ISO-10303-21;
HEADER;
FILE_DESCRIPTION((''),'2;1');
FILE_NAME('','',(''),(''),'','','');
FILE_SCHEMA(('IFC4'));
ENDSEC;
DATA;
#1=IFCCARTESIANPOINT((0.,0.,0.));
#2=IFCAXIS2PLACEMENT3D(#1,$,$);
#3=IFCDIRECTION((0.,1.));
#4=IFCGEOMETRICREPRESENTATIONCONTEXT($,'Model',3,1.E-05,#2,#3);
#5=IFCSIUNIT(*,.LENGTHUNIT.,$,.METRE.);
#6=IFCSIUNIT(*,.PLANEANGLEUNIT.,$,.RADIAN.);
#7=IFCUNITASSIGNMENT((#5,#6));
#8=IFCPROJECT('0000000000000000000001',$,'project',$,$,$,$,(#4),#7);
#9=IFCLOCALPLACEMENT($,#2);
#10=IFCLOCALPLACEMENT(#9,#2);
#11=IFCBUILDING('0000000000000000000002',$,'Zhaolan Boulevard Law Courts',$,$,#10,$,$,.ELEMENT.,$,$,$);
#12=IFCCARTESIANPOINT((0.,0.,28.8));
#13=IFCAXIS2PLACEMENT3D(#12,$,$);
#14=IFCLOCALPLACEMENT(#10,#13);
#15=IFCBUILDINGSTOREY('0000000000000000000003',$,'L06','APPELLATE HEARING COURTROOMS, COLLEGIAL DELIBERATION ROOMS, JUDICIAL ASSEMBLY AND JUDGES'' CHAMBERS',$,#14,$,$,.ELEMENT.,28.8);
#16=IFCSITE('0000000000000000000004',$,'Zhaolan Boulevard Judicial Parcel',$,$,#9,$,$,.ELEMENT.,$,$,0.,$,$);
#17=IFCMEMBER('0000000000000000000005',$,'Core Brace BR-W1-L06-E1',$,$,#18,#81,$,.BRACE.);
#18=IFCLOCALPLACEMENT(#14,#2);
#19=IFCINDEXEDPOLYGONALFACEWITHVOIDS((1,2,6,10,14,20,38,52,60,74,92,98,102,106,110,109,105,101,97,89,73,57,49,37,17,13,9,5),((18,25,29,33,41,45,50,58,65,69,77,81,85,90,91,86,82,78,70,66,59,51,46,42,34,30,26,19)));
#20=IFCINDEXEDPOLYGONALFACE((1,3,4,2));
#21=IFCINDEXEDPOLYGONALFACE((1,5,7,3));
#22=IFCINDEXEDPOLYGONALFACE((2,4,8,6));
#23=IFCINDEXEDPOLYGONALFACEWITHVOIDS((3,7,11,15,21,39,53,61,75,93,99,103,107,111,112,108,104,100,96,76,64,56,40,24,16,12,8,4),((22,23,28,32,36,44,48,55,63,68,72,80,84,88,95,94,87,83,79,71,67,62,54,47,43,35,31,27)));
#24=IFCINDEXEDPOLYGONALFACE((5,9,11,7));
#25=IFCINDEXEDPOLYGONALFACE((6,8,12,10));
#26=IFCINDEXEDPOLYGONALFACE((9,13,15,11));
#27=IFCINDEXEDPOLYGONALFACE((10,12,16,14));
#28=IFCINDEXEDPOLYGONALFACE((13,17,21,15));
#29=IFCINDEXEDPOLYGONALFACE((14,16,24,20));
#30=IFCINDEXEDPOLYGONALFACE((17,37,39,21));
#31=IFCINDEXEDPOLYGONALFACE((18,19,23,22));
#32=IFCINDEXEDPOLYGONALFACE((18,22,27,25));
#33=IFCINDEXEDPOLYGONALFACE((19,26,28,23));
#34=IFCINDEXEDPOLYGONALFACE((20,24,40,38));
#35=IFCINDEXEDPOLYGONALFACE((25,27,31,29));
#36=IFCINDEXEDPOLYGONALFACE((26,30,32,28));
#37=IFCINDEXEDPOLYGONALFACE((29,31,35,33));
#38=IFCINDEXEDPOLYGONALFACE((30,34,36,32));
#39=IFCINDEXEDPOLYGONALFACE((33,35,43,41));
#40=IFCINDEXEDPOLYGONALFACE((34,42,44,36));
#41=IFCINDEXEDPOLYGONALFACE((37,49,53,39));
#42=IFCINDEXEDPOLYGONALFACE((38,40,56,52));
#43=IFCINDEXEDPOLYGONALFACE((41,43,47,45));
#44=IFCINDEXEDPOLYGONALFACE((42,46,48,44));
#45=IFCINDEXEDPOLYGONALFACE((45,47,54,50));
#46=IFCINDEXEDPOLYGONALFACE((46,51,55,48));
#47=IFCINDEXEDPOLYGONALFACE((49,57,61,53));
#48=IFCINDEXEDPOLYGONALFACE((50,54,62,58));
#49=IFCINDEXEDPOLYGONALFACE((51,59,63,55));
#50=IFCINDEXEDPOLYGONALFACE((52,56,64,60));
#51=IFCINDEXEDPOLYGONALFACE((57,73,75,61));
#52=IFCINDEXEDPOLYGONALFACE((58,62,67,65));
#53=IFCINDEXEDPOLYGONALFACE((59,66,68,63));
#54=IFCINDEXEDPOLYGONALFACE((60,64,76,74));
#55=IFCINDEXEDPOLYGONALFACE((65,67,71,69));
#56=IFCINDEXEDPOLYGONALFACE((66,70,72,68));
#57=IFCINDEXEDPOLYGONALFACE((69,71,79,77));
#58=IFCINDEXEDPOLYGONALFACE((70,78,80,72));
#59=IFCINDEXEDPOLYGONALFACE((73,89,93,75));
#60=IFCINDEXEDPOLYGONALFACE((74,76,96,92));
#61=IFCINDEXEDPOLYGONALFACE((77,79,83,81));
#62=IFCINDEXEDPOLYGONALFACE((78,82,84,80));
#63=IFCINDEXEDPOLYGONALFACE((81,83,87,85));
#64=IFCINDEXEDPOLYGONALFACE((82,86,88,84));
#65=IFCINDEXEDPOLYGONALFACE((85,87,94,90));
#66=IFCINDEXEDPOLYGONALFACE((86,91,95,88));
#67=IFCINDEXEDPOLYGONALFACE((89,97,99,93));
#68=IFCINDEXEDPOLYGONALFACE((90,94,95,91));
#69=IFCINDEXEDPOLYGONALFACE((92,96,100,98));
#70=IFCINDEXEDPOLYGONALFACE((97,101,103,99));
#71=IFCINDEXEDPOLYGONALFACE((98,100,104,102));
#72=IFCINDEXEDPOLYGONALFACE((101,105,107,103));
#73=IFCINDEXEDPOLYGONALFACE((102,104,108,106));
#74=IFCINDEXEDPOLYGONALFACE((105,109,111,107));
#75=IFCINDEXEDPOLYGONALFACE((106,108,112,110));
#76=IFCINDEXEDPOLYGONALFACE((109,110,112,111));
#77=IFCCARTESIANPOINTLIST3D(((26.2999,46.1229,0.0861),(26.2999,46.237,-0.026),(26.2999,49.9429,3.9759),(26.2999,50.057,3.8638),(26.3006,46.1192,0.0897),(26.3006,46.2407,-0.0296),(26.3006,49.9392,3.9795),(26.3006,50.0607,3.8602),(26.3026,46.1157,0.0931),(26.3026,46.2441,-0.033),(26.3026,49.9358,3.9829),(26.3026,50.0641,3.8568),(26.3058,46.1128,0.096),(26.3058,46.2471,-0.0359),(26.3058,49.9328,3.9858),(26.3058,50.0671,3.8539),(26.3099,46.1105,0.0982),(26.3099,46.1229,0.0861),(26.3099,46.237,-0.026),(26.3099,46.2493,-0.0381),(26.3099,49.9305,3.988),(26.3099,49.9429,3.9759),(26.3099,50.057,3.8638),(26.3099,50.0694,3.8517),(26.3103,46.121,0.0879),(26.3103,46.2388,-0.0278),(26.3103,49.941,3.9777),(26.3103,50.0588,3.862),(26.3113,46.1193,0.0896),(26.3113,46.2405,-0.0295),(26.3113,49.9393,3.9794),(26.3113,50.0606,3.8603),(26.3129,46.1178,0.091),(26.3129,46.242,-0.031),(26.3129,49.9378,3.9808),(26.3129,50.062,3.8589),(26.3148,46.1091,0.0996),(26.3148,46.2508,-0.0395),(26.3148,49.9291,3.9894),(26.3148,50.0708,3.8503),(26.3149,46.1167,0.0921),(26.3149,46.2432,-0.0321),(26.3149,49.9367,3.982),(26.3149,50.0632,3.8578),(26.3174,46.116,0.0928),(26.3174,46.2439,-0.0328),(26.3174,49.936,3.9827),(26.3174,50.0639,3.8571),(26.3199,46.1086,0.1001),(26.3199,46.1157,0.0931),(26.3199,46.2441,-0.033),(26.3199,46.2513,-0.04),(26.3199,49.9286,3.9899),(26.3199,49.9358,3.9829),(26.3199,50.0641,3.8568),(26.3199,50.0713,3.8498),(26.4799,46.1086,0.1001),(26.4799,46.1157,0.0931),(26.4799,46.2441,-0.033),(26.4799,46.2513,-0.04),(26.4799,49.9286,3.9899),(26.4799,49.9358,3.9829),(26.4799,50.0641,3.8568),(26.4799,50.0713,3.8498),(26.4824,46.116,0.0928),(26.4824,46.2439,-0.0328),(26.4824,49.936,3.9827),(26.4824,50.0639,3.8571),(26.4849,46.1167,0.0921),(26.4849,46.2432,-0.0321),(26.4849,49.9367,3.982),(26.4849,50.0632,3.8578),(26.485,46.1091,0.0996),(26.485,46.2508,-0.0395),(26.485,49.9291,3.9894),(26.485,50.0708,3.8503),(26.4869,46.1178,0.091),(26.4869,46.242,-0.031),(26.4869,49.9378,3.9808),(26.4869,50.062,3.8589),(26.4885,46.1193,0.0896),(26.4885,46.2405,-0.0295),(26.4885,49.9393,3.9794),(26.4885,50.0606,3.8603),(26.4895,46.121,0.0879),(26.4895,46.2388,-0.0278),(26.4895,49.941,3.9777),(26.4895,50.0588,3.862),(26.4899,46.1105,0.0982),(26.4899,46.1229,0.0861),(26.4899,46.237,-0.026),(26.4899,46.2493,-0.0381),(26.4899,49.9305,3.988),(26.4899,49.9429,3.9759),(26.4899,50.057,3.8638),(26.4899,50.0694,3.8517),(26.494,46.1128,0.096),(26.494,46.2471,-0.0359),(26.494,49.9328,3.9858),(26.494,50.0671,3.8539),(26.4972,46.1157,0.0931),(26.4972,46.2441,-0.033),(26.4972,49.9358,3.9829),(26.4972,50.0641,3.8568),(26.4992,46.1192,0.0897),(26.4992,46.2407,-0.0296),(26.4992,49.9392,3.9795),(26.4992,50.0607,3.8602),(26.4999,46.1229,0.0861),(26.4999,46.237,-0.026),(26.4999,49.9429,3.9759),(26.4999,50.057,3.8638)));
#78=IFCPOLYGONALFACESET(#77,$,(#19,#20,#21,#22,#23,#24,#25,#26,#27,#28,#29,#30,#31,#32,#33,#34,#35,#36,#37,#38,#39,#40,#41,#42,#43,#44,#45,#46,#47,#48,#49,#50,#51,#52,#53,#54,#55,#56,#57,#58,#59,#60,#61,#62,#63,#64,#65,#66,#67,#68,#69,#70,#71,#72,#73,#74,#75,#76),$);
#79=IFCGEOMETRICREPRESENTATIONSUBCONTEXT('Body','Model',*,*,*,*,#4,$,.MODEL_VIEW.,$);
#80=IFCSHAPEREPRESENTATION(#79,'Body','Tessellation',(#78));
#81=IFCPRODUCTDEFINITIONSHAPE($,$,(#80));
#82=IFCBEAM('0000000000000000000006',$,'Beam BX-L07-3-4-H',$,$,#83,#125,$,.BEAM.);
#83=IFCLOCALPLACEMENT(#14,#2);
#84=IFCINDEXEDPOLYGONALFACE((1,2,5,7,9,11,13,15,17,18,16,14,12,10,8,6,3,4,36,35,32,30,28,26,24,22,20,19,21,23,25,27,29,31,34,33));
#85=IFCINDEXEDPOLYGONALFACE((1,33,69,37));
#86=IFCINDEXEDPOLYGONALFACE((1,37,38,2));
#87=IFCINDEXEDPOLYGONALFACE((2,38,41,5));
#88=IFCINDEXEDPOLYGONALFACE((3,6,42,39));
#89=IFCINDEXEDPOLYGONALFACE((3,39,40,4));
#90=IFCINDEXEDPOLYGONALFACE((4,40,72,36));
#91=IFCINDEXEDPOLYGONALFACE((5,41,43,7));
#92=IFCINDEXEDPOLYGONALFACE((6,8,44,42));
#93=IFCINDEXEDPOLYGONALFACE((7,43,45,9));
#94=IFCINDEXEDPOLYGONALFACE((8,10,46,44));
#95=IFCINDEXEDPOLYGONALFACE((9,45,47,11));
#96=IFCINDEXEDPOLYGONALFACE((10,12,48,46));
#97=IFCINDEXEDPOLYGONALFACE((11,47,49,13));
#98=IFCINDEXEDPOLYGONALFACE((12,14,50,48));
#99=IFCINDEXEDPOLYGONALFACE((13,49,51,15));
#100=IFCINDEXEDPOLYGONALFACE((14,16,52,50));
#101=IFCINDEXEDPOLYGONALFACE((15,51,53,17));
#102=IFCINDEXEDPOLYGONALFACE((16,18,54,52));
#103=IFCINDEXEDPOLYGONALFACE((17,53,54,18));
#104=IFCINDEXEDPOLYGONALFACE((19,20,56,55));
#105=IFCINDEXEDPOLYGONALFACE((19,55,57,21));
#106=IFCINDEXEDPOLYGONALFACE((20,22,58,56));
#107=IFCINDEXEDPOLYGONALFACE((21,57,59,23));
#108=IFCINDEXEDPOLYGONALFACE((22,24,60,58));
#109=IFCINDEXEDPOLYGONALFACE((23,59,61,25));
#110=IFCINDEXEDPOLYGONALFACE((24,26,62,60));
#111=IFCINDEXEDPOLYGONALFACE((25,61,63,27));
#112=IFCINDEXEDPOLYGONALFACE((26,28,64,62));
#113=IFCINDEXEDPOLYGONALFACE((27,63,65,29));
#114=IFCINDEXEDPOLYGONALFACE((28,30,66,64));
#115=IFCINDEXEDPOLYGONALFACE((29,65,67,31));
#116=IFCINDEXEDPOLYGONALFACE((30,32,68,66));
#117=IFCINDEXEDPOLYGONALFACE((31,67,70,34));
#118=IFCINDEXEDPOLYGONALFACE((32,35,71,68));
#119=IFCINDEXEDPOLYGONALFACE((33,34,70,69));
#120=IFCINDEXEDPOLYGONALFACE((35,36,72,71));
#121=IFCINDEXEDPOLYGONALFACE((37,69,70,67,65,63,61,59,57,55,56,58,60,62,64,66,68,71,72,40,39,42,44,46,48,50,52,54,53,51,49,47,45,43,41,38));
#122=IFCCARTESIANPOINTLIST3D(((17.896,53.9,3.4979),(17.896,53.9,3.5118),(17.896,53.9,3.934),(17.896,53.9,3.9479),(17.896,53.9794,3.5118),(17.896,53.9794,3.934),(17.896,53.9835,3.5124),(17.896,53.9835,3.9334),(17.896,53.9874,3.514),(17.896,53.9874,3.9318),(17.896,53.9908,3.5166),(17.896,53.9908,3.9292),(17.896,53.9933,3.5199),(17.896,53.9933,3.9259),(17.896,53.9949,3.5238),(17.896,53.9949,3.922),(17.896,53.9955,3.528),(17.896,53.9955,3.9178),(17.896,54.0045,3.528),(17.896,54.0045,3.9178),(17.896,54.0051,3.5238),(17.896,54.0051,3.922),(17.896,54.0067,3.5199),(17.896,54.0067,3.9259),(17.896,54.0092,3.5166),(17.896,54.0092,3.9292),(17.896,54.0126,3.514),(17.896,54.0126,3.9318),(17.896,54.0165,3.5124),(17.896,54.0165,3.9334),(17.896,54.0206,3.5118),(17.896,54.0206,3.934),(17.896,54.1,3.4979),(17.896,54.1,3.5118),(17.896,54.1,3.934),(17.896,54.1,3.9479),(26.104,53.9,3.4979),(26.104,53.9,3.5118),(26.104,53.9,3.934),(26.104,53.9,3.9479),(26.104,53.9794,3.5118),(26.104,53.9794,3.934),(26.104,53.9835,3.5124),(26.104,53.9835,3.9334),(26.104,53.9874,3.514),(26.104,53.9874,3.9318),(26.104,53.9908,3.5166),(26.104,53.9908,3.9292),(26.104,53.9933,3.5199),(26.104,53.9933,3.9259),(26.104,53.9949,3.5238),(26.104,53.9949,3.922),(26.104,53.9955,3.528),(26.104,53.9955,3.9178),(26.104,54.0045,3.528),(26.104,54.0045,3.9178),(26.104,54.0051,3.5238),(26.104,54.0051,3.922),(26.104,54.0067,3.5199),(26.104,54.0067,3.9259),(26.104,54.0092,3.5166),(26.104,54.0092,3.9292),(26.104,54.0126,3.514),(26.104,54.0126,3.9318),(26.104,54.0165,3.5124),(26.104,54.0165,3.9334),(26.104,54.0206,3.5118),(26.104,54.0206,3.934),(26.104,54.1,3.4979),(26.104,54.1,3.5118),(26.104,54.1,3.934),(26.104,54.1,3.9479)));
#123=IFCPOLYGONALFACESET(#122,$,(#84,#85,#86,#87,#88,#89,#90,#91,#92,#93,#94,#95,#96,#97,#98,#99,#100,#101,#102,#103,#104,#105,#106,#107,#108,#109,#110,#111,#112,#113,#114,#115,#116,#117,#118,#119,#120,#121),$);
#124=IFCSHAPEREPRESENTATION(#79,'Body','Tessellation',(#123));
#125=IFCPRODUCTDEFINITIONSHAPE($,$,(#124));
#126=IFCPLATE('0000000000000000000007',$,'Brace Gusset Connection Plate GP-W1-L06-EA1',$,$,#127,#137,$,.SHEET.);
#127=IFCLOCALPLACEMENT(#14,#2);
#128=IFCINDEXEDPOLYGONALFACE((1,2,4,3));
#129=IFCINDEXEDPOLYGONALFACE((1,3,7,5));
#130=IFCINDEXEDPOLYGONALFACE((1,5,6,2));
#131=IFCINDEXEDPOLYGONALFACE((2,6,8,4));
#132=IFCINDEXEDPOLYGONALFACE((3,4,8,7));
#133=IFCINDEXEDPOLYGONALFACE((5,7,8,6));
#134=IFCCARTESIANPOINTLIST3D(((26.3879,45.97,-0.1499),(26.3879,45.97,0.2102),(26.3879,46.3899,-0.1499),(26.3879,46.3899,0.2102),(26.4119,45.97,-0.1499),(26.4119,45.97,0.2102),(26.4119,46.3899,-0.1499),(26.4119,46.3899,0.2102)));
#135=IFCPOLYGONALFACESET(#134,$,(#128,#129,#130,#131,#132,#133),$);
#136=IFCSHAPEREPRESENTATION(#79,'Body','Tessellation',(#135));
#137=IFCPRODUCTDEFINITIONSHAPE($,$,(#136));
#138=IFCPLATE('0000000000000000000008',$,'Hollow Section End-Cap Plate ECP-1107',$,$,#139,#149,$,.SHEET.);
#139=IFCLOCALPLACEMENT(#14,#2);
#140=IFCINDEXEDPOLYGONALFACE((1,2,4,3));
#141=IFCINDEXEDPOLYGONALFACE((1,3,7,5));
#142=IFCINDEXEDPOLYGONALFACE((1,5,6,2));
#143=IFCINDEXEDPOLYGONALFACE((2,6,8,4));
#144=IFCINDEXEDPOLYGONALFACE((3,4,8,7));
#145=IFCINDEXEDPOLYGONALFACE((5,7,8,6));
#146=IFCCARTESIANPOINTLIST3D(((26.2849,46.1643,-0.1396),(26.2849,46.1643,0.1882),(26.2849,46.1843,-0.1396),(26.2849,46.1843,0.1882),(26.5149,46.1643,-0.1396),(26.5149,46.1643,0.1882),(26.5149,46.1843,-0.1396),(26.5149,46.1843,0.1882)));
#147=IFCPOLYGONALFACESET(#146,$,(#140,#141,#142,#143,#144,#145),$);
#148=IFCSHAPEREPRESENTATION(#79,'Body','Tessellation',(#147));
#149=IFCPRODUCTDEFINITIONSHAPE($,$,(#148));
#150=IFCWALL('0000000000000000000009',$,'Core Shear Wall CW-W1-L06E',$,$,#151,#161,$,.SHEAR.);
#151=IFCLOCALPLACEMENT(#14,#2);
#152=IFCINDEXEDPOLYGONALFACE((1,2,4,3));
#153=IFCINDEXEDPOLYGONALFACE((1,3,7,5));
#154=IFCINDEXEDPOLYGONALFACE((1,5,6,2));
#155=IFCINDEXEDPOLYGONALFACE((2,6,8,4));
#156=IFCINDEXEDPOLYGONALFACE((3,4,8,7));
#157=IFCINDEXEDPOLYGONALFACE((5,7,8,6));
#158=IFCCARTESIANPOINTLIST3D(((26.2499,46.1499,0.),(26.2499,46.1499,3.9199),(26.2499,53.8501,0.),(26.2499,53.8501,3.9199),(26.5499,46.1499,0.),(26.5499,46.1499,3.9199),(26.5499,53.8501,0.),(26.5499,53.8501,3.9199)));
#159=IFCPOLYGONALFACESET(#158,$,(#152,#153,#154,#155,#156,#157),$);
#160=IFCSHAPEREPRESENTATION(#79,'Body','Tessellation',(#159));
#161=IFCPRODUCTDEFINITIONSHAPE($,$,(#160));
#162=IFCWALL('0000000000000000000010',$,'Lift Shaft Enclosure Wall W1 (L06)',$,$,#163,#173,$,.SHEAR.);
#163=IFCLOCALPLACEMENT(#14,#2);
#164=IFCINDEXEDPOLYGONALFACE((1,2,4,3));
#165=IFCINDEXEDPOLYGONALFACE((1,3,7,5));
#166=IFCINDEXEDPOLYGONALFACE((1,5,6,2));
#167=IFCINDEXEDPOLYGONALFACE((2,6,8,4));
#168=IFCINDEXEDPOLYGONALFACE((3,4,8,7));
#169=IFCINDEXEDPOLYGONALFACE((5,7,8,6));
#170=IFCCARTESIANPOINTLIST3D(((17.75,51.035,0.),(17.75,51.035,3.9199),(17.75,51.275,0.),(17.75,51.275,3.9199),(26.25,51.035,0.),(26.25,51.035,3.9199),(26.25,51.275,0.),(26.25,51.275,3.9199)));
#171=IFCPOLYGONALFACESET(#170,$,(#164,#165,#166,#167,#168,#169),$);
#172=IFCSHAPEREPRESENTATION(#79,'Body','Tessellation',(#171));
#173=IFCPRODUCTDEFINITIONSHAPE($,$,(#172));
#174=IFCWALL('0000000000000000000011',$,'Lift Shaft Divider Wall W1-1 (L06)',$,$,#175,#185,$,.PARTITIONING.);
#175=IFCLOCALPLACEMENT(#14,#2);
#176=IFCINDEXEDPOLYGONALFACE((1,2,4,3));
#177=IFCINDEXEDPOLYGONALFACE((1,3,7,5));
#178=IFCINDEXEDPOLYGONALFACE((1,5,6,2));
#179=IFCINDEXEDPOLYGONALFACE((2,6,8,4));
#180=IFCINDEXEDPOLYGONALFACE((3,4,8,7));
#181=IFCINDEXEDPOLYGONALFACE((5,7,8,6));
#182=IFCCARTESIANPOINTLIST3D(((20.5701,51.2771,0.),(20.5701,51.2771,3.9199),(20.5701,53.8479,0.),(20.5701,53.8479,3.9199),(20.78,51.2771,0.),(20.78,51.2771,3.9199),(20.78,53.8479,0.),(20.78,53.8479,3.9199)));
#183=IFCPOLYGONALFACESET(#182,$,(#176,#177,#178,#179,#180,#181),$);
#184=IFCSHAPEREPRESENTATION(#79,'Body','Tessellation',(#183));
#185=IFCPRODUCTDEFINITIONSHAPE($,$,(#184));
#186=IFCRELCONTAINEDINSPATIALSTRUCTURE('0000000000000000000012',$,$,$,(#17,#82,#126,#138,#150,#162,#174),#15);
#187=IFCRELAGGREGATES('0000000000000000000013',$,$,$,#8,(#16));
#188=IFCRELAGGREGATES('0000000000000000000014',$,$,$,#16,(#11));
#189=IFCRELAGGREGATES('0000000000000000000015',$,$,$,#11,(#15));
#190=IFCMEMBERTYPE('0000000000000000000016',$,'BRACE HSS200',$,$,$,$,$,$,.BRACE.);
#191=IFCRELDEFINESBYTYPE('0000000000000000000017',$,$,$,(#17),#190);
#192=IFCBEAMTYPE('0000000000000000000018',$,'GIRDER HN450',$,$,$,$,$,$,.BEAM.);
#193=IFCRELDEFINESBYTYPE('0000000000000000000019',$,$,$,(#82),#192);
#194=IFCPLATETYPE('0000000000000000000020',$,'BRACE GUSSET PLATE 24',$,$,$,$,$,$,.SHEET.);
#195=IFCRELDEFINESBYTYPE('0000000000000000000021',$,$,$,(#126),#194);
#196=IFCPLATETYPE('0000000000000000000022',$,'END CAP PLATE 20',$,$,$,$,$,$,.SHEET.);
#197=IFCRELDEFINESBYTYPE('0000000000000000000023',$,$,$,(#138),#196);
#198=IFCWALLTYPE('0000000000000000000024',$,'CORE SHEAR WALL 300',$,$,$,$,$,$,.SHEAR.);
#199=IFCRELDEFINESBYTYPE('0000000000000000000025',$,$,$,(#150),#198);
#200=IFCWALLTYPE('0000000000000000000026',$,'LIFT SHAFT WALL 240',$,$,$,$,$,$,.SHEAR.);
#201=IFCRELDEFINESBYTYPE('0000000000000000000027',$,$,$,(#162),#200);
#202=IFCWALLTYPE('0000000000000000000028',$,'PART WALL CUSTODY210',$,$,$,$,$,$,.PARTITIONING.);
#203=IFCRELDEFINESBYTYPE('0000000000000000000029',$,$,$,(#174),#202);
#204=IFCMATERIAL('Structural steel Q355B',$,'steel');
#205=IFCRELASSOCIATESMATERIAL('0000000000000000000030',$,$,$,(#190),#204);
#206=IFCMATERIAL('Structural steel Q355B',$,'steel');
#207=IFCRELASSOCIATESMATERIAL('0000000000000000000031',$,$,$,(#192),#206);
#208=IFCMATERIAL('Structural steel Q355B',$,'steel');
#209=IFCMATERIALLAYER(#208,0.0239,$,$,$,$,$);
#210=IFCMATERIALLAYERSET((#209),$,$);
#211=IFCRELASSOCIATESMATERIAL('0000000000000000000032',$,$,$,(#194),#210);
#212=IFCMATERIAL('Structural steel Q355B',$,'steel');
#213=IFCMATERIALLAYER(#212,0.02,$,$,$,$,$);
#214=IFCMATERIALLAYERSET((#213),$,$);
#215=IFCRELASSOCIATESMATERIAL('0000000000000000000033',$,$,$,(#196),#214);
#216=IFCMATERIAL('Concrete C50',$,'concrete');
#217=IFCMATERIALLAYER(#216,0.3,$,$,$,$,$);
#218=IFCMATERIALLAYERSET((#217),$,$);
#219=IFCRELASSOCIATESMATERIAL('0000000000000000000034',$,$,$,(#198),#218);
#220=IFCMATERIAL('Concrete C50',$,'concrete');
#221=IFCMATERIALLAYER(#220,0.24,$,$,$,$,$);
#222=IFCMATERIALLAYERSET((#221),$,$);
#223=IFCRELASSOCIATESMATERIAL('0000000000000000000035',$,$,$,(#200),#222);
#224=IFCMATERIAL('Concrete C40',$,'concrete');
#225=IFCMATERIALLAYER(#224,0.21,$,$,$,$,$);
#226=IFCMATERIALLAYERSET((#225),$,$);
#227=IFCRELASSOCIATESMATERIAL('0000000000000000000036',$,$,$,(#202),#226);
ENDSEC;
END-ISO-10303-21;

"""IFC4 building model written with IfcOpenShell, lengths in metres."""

from ifc_helpers import new_model, si_unit, direction, frame, frame_2d, origin, origin_2d, place, context, subcontext, project, spatial, rectangle, hollow_rectangle, i_section, extrude, material, layer, layer_set, material_profile, profile_set, type_object, element, save


model = new_model("IFC4")

# Units and contexts
model_context = context("Model", 3, precision=1e-05, world=origin(), true_north=direction((0.0, 1.0)))
body_context = subcontext(model_context, "Body", "Model", "MODEL_VIEW")
ifc_project = project(units=[si_unit("LENGTHUNIT", "METRE"), si_unit("PLANEANGLEUNIT", "RADIAN")], contexts=[model_context])

# Site, building, storey
site_placement = place(None, origin())
site = spatial("IfcSite", under=ifc_project, at=site_placement, Name="Zhaolan Boulevard Judicial Parcel", CompositionType="ELEMENT", RefElevation=0.0)
building_placement = place(site_placement, origin())
building = spatial("IfcBuilding", under=site, at=building_placement, Name="Zhaolan Boulevard Law Courts", CompositionType="ELEMENT")
storey_placement = place(building_placement, frame((0.0, 0.0, 28.8)))
storey = spatial("IfcBuildingStorey", under=building, at=storey_placement, Name="L06", Description="APPELLATE HEARING COURTROOMS, COLLEGIAL DELIBERATION ROOMS, JUDICIAL ASSEMBLY AND JUDGES' CHAMBERS", CompositionType="ELEMENT", Elevation=28.8)

# Member
ifc_material_1 = material(Name="Structural steel Q355B", Category="steel")
ifc_material_profile_1 = material_profile(ifc_material_1, hollow_rectangle(XDim=0.2, YDim=0.2, WallThickness=0.01, InnerFilletRadius=0.01, OuterFilletRadius=0.02, at=origin_2d()), Name="HSS200x200x10")
ifc_profile_set_1 = profile_set([ifc_material_profile_1], Name="Structural steel Q355B")
member_type = type_object("IfcMemberType", Name="BRACE HSS200", PredefinedType="BRACE", material=ifc_profile_set_1)
member_placement = place(storey_placement, frame((26.3999, 46.1799, 0.03), z_axis=(0.0, 0.700674, 0.713481), x_axis=(-1.0, 0.0, 0.0)))
element("IfcMember", 1, at=member_placement, inside=storey, type_object=member_type, Name="Core Brace BR-W1-L06-E1", PredefinedType="BRACE", context=body_context, shape_type="SweptSolid", body=[
    extrude(hollow_rectangle(XDim=0.2, YDim=0.2, WallThickness=0.01, InnerFilletRadius=0.01, OuterFilletRadius=0.02, at=origin_2d()), origin(), (0.0, 0.0, 1.0), 5.4519),
])

# Beam
ifc_material_2 = material(Name="Structural steel Q355B", Category="steel")
ifc_material_profile_2 = material_profile(ifc_material_2, i_section(OverallWidth=0.2, OverallDepth=0.45, WebThickness=0.009, FlangeThickness=0.0139, FilletRadius=0.0161, at=origin_2d()), Name="HN450x200")
ifc_profile_set_2 = profile_set([ifc_material_profile_2], Name="Structural steel Q355B")
beam_type = type_object("IfcBeamType", Name="GIRDER HN450", PredefinedType="BEAM", material=ifc_profile_set_2)
beam_placement = place(storey_placement, frame((17.896, 54.0, 3.7229), z_axis=(1.0, 0.0, 0.0), x_axis=(0.0, 1.0, 0.0)))
element("IfcBeam", 2, at=beam_placement, inside=storey, type_object=beam_type, Name="Beam BX-L07-3-4-H", PredefinedType="BEAM", context=body_context, shape_type="SweptSolid", body=[
    extrude(i_section(OverallWidth=0.2, OverallDepth=0.45, WebThickness=0.009, FlangeThickness=0.0139, FilletRadius=0.0161, at=origin_2d()), origin(), (0.0, 0.0, 1.0), 8.208),
])

# Plates
ifc_material_3 = material(Name="Structural steel Q355B", Category="steel")
ifc_layer_1 = layer(ifc_material_3, 0.0239)
ifc_layer_set_1 = layer_set([ifc_layer_1])
plate_type_1 = type_object("IfcPlateType", Name="BRACE GUSSET PLATE 24", PredefinedType="SHEET", material=ifc_layer_set_1)
plate_1_placement = place(storey_placement, frame((26.3999, 46.1799, -0.1499), z_axis=(0.0, 0.0, 1.0), x_axis=(0.0, 1.0, 0.0)))
element("IfcPlate", 3, at=plate_1_placement, inside=storey, type_object=plate_type_1, Name="Brace Gusset Connection Plate GP-W1-L06-EA1", PredefinedType="SHEET", context=body_context, shape_type="SweptSolid", body=[
    extrude(rectangle(XDim=0.4199, YDim=0.0239, at=origin_2d()), origin(), (0.0, 0.0, 1.0), 0.3601),
])
ifc_material_4 = material(Name="Structural steel Q355B", Category="steel")
ifc_layer_2 = layer(ifc_material_4, 0.02)
ifc_layer_set_2 = layer_set([ifc_layer_2])
plate_type_2 = type_object("IfcPlateType", Name="END CAP PLATE 20", PredefinedType="SHEET", material=ifc_layer_set_2)
plate_2_placement = place(storey_placement, frame((26.3999, 46.1743, -0.1396), z_axis=(0.0, 0.0, 1.0), x_axis=(0.0, 1.0, 0.0)))
element("IfcPlate", 4, at=plate_2_placement, inside=storey, type_object=plate_type_2, Name="Hollow Section End-Cap Plate ECP-1107", PredefinedType="SHEET", context=body_context, shape_type="SweptSolid", body=[
    extrude(rectangle(XDim=0.02, YDim=0.23, at=origin_2d()), origin(), (0.0, 0.0, 1.0), 0.3279),
])

# Walls
ifc_material_5 = material(Name="Concrete C50", Category="concrete")
ifc_layer_3 = layer(ifc_material_5, 0.3)
ifc_layer_set_3 = layer_set([ifc_layer_3])
wall_type_1 = type_object("IfcWallType", Name="CORE SHEAR WALL 300", PredefinedType="SHEAR", material=ifc_layer_set_3)
wall_1_placement = place(storey_placement, frame((26.3999, 46.1499, 0.0), z_axis=(0.0, 0.0, 1.0), x_axis=(0.0, 1.0, 0.0)))
element("IfcWall", 5, at=wall_1_placement, inside=storey, type_object=wall_type_1, Name="Core Shear Wall CW-W1-L06E", PredefinedType="SHEAR", context=body_context, shape_type="SweptSolid", body=[
    extrude(rectangle(XDim=7.7002, YDim=0.3, at=frame_2d((3.8501, 0.0))), origin(), (0.0, 0.0, 1.0), 3.9199),
])
ifc_material_6 = material(Name="Concrete C50", Category="concrete")
ifc_layer_4 = layer(ifc_material_6, 0.24)
ifc_layer_set_4 = layer_set([ifc_layer_4])
wall_type_2 = type_object("IfcWallType", Name="LIFT SHAFT WALL 240", PredefinedType="SHEAR", material=ifc_layer_set_4)
wall_2_placement = place(storey_placement, frame((17.75, 51.155, 0.0), z_axis=(0.0, 0.0, 1.0), x_axis=(1.0, 0.0, 0.0)))
element("IfcWall", 6, at=wall_2_placement, inside=storey, type_object=wall_type_2, Name="Lift Shaft Enclosure Wall W1 (L06)", PredefinedType="SHEAR", context=body_context, shape_type="SweptSolid", body=[
    extrude(rectangle(XDim=8.5, YDim=0.24, at=frame_2d((4.25, 0.0))), origin(), (0.0, 0.0, 1.0), 3.9199),
])
ifc_material_7 = material(Name="Concrete C40", Category="concrete")
ifc_layer_5 = layer(ifc_material_7, 0.21)
ifc_layer_set_5 = layer_set([ifc_layer_5])
wall_type_3 = type_object("IfcWallType", Name="PART WALL CUSTODY210", PredefinedType="PARTITIONING", material=ifc_layer_set_5)
for number, where, z_axis, x_axis, name in (
    (7, (20.675, 51.2771, 0.0), (0.0, 0.0, 1.0), (0.0, 1.0, 0.0), "Lift Shaft Divider Wall W1-1 (L06)"),
):
    element("IfcWall", number, at=place(storey_placement, frame(where, z_axis=z_axis, x_axis=x_axis)), inside=storey, type_object=wall_type_3, Name=name, PredefinedType="PARTITIONING", context=body_context, shape_type="SweptSolid", body=[
        extrude(rectangle(XDim=2.5708, YDim=0.21, at=frame_2d((1.2854, 0.0))), origin(), (0.0, 0.0, 1.0), 3.9199),
    ])

save(model, "model.ifc")
